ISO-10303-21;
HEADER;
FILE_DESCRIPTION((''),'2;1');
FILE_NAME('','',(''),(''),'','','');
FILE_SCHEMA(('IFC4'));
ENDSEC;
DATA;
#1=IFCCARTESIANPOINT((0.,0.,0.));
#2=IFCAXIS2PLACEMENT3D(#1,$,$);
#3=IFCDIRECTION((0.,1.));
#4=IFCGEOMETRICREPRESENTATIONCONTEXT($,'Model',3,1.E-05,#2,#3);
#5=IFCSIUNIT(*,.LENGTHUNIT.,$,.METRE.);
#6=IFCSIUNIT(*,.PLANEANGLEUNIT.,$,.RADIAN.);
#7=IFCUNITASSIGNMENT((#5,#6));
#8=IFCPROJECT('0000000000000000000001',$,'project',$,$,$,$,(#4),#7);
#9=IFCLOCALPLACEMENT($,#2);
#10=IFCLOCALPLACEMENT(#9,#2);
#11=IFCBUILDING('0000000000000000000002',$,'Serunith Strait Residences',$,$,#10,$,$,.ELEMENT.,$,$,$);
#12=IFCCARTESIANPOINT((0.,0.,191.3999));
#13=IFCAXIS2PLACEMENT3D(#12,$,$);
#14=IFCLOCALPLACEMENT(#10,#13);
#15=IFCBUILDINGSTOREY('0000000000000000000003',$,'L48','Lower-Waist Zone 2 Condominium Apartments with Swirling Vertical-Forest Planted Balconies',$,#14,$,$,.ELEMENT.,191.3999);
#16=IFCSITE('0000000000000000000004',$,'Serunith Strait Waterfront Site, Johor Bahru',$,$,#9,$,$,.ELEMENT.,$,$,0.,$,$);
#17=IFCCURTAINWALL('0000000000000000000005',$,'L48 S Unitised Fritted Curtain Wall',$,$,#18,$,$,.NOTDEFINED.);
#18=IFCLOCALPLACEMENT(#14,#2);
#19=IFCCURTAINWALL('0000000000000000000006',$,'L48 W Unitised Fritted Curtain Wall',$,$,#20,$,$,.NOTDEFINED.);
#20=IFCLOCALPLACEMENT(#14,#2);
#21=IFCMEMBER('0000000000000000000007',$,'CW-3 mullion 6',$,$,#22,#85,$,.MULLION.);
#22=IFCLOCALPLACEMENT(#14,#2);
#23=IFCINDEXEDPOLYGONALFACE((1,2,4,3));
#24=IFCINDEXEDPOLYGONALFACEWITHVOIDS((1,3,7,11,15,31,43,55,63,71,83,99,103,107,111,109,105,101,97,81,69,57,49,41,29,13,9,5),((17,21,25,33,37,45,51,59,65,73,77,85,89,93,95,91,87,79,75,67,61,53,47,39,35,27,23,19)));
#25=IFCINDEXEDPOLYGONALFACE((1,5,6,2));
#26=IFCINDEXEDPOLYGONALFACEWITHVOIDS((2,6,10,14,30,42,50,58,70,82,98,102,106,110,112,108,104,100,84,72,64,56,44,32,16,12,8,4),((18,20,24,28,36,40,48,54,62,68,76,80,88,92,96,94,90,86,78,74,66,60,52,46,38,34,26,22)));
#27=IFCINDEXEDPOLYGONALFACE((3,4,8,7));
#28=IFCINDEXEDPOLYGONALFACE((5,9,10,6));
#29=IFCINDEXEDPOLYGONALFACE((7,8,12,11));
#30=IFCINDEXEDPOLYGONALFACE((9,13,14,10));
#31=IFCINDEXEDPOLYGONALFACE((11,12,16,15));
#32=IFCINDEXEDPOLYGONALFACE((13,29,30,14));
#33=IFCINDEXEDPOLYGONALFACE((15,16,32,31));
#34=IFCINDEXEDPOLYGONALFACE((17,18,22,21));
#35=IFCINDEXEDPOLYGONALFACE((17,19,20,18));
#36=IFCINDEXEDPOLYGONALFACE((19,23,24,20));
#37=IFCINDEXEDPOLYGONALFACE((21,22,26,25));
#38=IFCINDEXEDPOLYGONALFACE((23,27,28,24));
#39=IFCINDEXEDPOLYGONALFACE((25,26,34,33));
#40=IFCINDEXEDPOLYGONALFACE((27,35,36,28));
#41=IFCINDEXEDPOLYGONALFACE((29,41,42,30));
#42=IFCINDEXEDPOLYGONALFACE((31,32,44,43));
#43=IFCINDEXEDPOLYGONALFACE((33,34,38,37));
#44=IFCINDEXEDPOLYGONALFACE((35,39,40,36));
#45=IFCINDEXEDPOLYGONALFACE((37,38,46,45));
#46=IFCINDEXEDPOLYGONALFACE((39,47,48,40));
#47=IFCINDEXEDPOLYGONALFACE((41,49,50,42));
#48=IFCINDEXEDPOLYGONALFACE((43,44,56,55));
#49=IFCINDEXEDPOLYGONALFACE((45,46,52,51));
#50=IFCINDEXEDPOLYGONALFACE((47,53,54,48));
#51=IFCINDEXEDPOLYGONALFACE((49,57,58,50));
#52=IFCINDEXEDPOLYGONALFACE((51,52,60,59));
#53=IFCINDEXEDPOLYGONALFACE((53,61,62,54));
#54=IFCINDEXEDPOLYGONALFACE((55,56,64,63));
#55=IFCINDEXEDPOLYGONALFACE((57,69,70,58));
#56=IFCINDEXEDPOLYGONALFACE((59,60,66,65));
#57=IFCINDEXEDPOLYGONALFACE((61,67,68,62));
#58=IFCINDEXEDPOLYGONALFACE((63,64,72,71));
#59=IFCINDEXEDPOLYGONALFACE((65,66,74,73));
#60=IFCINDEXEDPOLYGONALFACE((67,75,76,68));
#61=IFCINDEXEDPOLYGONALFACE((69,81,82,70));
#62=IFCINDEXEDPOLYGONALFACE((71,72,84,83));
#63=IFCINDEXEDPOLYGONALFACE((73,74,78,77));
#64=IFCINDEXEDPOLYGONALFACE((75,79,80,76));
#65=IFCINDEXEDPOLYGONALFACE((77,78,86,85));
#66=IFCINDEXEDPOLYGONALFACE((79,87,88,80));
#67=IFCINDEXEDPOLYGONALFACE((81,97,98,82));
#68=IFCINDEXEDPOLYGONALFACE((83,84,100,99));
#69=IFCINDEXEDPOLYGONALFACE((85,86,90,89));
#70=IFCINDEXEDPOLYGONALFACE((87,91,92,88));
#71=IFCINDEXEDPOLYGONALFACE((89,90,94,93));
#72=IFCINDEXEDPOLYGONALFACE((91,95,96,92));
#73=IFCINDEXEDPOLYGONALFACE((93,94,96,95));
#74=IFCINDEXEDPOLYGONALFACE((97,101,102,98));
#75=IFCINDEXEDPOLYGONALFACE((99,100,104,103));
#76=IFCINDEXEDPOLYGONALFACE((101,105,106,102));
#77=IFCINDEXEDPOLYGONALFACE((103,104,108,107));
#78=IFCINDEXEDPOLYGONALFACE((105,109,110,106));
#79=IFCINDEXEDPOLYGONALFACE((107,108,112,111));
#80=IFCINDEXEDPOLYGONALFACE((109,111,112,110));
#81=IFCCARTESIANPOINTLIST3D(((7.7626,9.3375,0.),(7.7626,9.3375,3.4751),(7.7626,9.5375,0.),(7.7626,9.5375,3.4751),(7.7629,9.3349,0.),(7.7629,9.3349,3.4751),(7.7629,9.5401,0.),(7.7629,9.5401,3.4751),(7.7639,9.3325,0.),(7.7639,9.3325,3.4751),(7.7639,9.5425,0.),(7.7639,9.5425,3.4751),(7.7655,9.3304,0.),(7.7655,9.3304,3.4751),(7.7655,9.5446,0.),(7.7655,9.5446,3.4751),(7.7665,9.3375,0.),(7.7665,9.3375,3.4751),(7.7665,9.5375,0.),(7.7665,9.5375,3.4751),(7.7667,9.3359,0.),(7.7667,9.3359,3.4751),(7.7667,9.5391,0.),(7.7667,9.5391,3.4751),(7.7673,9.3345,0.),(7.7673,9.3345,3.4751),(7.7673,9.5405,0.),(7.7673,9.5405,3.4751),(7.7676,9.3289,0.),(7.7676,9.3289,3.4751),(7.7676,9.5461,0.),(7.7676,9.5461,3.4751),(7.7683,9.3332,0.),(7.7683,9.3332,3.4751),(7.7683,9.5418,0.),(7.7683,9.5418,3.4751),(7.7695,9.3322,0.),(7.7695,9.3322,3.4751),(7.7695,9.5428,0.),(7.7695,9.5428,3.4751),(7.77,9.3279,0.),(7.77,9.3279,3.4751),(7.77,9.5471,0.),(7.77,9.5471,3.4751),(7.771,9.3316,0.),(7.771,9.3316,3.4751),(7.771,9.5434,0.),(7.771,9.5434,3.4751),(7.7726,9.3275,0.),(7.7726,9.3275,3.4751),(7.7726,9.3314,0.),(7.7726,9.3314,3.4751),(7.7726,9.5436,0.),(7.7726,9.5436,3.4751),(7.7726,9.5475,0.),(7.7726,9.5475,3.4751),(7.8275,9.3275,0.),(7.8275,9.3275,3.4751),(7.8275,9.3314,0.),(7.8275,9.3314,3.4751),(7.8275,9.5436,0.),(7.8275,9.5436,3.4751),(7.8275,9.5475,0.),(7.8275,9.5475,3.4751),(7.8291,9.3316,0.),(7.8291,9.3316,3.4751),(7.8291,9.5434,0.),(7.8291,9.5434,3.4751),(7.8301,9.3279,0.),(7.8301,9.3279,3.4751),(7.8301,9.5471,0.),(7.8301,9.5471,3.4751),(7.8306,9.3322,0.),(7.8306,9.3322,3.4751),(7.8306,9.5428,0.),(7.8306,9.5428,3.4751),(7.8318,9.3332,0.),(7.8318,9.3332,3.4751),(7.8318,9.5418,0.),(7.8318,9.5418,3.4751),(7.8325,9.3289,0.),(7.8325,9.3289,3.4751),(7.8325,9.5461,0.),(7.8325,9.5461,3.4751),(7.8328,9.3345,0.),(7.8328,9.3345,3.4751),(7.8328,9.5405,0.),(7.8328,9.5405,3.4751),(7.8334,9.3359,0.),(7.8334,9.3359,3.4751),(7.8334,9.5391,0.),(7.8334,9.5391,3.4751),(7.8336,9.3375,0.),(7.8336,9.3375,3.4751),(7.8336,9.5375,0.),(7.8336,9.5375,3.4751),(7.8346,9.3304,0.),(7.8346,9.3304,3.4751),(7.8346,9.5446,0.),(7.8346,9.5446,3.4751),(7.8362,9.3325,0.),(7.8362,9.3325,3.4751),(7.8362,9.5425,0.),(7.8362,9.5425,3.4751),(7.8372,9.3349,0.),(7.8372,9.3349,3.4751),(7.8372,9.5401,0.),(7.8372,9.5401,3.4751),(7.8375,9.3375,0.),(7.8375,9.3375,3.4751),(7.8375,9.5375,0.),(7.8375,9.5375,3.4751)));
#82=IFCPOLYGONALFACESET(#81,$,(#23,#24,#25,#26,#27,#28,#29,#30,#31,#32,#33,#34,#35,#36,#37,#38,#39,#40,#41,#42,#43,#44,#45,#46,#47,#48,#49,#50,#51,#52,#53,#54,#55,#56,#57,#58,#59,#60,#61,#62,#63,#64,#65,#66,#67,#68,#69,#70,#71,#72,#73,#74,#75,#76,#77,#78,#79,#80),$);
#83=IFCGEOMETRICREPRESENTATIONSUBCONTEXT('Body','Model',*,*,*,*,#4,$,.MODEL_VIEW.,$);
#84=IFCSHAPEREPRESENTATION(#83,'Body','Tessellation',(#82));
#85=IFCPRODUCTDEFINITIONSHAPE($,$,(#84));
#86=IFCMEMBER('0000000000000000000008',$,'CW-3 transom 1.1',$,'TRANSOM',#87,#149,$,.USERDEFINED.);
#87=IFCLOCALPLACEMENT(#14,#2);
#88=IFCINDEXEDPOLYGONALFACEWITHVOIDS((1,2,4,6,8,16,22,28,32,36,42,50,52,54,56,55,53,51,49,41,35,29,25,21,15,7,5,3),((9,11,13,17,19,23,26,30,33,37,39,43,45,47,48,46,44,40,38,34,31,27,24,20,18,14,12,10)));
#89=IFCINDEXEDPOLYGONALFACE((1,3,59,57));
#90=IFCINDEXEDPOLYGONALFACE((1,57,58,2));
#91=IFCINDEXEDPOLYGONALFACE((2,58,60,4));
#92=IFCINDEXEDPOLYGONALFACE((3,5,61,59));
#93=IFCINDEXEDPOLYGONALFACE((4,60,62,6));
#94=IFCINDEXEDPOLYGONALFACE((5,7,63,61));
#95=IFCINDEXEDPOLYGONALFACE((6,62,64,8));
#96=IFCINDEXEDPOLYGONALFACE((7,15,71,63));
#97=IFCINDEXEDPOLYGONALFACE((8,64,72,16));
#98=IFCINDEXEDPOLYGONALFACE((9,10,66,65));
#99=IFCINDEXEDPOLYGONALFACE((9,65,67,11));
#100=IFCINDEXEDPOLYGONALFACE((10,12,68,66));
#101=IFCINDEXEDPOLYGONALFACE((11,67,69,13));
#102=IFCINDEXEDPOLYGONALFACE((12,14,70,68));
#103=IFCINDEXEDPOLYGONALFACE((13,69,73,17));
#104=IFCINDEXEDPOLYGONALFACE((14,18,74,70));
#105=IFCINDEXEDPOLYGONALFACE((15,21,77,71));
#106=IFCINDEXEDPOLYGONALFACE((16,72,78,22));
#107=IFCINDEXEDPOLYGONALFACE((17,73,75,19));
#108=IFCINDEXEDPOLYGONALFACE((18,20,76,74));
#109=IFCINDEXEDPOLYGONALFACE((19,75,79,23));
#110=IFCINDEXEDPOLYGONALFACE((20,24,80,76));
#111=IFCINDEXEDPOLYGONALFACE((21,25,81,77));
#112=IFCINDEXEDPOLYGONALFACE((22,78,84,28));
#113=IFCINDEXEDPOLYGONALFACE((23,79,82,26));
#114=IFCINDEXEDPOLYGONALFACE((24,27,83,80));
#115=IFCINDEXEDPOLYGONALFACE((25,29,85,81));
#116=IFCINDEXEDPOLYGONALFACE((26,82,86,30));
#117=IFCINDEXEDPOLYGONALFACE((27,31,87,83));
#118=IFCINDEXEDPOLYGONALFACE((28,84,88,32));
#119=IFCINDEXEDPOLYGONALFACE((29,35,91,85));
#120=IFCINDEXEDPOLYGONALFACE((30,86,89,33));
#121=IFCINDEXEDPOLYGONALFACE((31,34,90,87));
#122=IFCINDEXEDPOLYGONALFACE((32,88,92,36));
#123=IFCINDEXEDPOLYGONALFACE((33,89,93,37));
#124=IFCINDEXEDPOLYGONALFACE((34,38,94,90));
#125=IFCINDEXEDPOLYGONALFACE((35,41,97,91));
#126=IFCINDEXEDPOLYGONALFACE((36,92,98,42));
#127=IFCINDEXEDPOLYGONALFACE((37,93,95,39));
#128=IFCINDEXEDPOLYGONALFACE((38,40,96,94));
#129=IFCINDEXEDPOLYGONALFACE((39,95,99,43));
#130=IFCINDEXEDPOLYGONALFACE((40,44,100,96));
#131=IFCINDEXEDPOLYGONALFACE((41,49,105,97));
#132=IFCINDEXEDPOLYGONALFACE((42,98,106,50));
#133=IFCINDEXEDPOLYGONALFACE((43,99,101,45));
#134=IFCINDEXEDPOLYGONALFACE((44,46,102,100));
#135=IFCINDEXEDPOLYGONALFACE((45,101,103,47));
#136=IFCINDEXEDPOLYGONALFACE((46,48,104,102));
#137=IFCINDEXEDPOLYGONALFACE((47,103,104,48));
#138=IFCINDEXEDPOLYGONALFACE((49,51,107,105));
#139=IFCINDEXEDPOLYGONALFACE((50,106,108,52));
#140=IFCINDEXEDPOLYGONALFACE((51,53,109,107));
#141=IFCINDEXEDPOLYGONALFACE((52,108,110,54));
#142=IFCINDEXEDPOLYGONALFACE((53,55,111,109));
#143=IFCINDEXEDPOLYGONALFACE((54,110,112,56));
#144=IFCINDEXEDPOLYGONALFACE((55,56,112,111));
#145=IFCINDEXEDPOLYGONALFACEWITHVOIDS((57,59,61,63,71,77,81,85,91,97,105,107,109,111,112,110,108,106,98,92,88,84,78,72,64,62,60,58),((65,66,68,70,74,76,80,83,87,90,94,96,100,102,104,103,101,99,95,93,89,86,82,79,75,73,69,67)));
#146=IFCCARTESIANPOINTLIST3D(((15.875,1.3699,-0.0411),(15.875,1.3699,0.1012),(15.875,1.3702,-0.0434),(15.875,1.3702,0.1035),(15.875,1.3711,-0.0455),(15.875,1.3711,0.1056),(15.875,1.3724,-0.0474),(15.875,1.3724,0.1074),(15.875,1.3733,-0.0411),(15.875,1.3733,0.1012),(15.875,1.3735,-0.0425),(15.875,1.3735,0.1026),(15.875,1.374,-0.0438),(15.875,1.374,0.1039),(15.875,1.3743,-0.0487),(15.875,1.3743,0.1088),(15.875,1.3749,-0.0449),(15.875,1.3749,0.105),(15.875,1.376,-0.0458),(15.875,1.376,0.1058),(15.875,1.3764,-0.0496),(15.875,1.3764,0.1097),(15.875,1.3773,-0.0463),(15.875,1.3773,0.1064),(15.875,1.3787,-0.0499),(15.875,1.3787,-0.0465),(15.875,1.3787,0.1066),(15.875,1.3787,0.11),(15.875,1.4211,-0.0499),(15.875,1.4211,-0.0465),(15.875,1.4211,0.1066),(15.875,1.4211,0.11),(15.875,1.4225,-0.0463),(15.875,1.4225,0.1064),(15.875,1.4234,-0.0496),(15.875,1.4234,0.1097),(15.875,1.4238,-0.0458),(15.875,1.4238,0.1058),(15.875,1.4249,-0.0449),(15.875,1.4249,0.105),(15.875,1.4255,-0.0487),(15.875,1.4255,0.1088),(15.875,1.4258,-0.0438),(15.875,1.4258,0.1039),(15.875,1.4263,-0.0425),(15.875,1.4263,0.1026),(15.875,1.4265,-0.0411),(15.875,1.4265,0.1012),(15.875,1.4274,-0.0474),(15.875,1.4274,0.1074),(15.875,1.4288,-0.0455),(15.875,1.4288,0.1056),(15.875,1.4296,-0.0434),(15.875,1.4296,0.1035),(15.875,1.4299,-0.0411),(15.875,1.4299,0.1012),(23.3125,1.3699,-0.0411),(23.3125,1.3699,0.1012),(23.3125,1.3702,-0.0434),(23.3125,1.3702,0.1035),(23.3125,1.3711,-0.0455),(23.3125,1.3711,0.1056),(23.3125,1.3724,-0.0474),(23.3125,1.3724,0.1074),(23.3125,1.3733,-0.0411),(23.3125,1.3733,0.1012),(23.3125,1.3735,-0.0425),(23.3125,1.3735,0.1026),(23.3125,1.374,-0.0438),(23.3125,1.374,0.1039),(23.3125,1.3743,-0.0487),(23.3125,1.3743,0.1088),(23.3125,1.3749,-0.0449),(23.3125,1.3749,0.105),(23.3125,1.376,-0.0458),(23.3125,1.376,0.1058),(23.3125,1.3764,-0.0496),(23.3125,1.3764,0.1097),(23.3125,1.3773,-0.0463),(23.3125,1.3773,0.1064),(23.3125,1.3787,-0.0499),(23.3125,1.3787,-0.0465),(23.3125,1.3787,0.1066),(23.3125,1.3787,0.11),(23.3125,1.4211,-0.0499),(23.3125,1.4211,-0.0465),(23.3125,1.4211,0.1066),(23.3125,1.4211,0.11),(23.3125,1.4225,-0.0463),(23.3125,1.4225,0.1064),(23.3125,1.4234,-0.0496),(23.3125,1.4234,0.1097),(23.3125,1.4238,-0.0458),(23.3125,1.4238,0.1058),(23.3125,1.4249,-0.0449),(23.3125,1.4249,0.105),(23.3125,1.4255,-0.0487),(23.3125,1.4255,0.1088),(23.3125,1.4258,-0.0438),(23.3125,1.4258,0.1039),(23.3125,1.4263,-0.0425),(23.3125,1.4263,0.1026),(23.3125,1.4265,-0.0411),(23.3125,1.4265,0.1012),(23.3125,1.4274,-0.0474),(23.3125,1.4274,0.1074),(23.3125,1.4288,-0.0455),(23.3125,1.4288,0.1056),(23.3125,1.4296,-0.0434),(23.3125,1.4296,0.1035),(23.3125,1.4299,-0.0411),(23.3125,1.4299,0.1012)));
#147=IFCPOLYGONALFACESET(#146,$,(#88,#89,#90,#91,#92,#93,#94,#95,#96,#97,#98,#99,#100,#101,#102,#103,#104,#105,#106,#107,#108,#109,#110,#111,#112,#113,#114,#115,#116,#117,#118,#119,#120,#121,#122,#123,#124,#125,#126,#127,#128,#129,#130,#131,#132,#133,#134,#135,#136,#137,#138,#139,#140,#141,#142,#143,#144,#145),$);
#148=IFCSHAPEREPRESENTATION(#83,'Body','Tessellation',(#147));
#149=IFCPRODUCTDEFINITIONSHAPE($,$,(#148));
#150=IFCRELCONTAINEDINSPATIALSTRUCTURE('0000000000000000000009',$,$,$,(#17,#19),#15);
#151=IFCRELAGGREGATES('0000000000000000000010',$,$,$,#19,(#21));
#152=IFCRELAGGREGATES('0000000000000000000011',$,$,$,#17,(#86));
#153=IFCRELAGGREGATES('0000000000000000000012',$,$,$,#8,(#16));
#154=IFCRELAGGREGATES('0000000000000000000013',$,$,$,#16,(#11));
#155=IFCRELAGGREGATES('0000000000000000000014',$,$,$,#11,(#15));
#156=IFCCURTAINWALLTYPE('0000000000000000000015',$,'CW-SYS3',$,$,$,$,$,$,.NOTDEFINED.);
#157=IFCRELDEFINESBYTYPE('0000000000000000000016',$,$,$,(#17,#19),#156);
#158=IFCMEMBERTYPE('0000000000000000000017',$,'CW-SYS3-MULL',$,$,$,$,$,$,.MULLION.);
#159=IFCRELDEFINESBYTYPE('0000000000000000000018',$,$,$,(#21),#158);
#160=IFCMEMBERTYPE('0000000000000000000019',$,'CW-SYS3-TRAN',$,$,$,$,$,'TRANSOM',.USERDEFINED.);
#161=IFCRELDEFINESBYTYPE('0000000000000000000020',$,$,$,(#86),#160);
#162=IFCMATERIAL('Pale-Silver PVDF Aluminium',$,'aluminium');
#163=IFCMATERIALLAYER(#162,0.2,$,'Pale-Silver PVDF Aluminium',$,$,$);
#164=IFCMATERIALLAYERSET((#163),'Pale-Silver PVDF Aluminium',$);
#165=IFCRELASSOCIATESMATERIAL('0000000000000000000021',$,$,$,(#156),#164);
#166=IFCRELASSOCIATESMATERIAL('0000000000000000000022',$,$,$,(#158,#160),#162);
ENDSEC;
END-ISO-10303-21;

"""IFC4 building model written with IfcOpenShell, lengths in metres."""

from ifc_helpers import new_model, si_unit, direction, frame, origin, origin_2d, place, context, subcontext, project, spatial, hollow_rectangle, extrude, source, transform, mapped, material, layer, layer_set, material_profile, profile_set, type_object, element, aggregate, save


model = new_model("IFC4")

# Units and contexts
model_context = context("Model", 3, precision=1e-05, world=origin(), true_north=direction((0.0, 1.0)))
body_context = subcontext(model_context, "Body", "Model", "MODEL_VIEW")
ifc_project = project(units=[si_unit("LENGTHUNIT", "METRE"), si_unit("PLANEANGLEUNIT", "RADIAN")], contexts=[model_context])

# Site, building, storey
site_placement = place(None, origin())
site = spatial("IfcSite", under=ifc_project, at=site_placement, Name="Serunith Strait Waterfront Site, Johor Bahru", CompositionType="ELEMENT", RefElevation=0.0)
building_placement = place(site_placement, origin())
building = spatial("IfcBuilding", under=site, at=building_placement, Name="Serunith Strait Residences", CompositionType="ELEMENT")
storey_placement = place(building_placement, frame((0.0, 0.0, 191.3999)))
storey = spatial("IfcBuildingStorey", under=building, at=storey_placement, Name="L48", Description="Lower-Waist Zone 2 Condominium Apartments with Swirling Vertical-Forest Planted Balconies", CompositionType="ELEMENT", Elevation=191.3999)

# Curtain walls, member
ifc_material_1 = material(Name="Pale-Silver PVDF Aluminium", Category="aluminium")
ifc_layer_1 = layer(ifc_material_1, 0.2, Name="Pale-Silver PVDF Aluminium")
ifc_layer_set_1 = layer_set([ifc_layer_1], Name="Pale-Silver PVDF Aluminium")
curtain_wall_type = type_object("IfcCurtainWallType", Name="CW-SYS3", PredefinedType="NOTDEFINED", material=ifc_layer_set_1)
curtain_wall_1_placement = place(storey_placement, origin())
curtain_wall_1 = element("IfcCurtainWall", 1, at=curtain_wall_1_placement, inside=storey, type_object=curtain_wall_type, Name="L48 S Unitised Fritted Curtain Wall", PredefinedType="NOTDEFINED")
ifc_material_profile_1 = material_profile(ifc_material_1, hollow_rectangle(XDim=0.075, YDim=0.22, WallThickness=0.0039, InnerFilletRadius=0.0061, OuterFilletRadius=0.01, at=origin_2d()), Name="ALU 220x75x4")
ifc_profile_set_1 = profile_set([ifc_material_profile_1], Name="Pale-Silver PVDF Aluminium")
member_type_1 = type_object("IfcMemberType", Name="CW-SYS3-MULL", PredefinedType="MULLION", material=ifc_profile_set_1)
shared_shape_1 = source(origin(), body_context, "Body", "SweptSolid", [
    extrude(hollow_rectangle(XDim=0.075, YDim=0.22, WallThickness=0.0039, InnerFilletRadius=0.0061, OuterFilletRadius=0.01, at=origin_2d()), origin(), (0.0, 0.0, 1.0), 3.4751),
])
curtain_wall_2_placement = place(storey_placement, origin())
curtain_wall_2 = element("IfcCurtainWall", 2, at=curtain_wall_2_placement, inside=storey, type_object=curtain_wall_type, Name="L48 W Unitised Fritted Curtain Wall", PredefinedType="NOTDEFINED")
member_1_placement = place(storey_placement, frame((7.8, 9.4375, 0.0), z_axis=(0.0, 0.0, 1.0), x_axis=(1.0, 0.0, 0.0)))
member_1 = element("IfcMember", 3, at=member_1_placement, type_object=member_type_1, Name="CW-3 mullion 6", PredefinedType="MULLION", context=body_context, shape_type="MappedRepresentation", body=[
    mapped(shared_shape_1, transform((0.0, 0.0, 0.0), scale=1.0)),
])
aggregate(curtain_wall_2, [member_1])

# Member
ifc_material_profile_2 = material_profile(ifc_material_1, hollow_rectangle(XDim=0.0601, YDim=0.1599, WallThickness=0.0034, InnerFilletRadius=0.0054, OuterFilletRadius=0.0088, at=origin_2d()), Name="ALU 160x60x3.5")
ifc_profile_set_2 = profile_set([ifc_material_profile_2], Name="Pale-Silver PVDF Aluminium")
member_type_2 = type_object("IfcMemberType", Name="CW-SYS3-TRAN", ElementType="TRANSOM", PredefinedType="USERDEFINED", material=ifc_profile_set_2)
shared_shape_2 = source(origin(), body_context, "Body", "SweptSolid", [
    extrude(hollow_rectangle(XDim=0.0601, YDim=0.1599, WallThickness=0.0034, InnerFilletRadius=0.0054, OuterFilletRadius=0.0088, at=origin_2d()), origin(), (0.0, 0.0, 1.0), 7.4375),
])
member_2_placement = place(storey_placement, frame((15.875, 1.3999, 0.03), z_axis=(1.0, 0.0, 0.0), x_axis=(0.0, 1.0, 0.0)))
member_2 = element("IfcMember", 4, at=member_2_placement, type_object=member_type_2, Name="CW-3 transom 1.1", ObjectType="TRANSOM", PredefinedType="USERDEFINED", context=body_context, shape_type="MappedRepresentation", body=[
    mapped(shared_shape_2, transform((0.0, 0.0, 0.0), scale=1.0)),
])
aggregate(curtain_wall_1, [member_2])

save(model, "model.ifc")
